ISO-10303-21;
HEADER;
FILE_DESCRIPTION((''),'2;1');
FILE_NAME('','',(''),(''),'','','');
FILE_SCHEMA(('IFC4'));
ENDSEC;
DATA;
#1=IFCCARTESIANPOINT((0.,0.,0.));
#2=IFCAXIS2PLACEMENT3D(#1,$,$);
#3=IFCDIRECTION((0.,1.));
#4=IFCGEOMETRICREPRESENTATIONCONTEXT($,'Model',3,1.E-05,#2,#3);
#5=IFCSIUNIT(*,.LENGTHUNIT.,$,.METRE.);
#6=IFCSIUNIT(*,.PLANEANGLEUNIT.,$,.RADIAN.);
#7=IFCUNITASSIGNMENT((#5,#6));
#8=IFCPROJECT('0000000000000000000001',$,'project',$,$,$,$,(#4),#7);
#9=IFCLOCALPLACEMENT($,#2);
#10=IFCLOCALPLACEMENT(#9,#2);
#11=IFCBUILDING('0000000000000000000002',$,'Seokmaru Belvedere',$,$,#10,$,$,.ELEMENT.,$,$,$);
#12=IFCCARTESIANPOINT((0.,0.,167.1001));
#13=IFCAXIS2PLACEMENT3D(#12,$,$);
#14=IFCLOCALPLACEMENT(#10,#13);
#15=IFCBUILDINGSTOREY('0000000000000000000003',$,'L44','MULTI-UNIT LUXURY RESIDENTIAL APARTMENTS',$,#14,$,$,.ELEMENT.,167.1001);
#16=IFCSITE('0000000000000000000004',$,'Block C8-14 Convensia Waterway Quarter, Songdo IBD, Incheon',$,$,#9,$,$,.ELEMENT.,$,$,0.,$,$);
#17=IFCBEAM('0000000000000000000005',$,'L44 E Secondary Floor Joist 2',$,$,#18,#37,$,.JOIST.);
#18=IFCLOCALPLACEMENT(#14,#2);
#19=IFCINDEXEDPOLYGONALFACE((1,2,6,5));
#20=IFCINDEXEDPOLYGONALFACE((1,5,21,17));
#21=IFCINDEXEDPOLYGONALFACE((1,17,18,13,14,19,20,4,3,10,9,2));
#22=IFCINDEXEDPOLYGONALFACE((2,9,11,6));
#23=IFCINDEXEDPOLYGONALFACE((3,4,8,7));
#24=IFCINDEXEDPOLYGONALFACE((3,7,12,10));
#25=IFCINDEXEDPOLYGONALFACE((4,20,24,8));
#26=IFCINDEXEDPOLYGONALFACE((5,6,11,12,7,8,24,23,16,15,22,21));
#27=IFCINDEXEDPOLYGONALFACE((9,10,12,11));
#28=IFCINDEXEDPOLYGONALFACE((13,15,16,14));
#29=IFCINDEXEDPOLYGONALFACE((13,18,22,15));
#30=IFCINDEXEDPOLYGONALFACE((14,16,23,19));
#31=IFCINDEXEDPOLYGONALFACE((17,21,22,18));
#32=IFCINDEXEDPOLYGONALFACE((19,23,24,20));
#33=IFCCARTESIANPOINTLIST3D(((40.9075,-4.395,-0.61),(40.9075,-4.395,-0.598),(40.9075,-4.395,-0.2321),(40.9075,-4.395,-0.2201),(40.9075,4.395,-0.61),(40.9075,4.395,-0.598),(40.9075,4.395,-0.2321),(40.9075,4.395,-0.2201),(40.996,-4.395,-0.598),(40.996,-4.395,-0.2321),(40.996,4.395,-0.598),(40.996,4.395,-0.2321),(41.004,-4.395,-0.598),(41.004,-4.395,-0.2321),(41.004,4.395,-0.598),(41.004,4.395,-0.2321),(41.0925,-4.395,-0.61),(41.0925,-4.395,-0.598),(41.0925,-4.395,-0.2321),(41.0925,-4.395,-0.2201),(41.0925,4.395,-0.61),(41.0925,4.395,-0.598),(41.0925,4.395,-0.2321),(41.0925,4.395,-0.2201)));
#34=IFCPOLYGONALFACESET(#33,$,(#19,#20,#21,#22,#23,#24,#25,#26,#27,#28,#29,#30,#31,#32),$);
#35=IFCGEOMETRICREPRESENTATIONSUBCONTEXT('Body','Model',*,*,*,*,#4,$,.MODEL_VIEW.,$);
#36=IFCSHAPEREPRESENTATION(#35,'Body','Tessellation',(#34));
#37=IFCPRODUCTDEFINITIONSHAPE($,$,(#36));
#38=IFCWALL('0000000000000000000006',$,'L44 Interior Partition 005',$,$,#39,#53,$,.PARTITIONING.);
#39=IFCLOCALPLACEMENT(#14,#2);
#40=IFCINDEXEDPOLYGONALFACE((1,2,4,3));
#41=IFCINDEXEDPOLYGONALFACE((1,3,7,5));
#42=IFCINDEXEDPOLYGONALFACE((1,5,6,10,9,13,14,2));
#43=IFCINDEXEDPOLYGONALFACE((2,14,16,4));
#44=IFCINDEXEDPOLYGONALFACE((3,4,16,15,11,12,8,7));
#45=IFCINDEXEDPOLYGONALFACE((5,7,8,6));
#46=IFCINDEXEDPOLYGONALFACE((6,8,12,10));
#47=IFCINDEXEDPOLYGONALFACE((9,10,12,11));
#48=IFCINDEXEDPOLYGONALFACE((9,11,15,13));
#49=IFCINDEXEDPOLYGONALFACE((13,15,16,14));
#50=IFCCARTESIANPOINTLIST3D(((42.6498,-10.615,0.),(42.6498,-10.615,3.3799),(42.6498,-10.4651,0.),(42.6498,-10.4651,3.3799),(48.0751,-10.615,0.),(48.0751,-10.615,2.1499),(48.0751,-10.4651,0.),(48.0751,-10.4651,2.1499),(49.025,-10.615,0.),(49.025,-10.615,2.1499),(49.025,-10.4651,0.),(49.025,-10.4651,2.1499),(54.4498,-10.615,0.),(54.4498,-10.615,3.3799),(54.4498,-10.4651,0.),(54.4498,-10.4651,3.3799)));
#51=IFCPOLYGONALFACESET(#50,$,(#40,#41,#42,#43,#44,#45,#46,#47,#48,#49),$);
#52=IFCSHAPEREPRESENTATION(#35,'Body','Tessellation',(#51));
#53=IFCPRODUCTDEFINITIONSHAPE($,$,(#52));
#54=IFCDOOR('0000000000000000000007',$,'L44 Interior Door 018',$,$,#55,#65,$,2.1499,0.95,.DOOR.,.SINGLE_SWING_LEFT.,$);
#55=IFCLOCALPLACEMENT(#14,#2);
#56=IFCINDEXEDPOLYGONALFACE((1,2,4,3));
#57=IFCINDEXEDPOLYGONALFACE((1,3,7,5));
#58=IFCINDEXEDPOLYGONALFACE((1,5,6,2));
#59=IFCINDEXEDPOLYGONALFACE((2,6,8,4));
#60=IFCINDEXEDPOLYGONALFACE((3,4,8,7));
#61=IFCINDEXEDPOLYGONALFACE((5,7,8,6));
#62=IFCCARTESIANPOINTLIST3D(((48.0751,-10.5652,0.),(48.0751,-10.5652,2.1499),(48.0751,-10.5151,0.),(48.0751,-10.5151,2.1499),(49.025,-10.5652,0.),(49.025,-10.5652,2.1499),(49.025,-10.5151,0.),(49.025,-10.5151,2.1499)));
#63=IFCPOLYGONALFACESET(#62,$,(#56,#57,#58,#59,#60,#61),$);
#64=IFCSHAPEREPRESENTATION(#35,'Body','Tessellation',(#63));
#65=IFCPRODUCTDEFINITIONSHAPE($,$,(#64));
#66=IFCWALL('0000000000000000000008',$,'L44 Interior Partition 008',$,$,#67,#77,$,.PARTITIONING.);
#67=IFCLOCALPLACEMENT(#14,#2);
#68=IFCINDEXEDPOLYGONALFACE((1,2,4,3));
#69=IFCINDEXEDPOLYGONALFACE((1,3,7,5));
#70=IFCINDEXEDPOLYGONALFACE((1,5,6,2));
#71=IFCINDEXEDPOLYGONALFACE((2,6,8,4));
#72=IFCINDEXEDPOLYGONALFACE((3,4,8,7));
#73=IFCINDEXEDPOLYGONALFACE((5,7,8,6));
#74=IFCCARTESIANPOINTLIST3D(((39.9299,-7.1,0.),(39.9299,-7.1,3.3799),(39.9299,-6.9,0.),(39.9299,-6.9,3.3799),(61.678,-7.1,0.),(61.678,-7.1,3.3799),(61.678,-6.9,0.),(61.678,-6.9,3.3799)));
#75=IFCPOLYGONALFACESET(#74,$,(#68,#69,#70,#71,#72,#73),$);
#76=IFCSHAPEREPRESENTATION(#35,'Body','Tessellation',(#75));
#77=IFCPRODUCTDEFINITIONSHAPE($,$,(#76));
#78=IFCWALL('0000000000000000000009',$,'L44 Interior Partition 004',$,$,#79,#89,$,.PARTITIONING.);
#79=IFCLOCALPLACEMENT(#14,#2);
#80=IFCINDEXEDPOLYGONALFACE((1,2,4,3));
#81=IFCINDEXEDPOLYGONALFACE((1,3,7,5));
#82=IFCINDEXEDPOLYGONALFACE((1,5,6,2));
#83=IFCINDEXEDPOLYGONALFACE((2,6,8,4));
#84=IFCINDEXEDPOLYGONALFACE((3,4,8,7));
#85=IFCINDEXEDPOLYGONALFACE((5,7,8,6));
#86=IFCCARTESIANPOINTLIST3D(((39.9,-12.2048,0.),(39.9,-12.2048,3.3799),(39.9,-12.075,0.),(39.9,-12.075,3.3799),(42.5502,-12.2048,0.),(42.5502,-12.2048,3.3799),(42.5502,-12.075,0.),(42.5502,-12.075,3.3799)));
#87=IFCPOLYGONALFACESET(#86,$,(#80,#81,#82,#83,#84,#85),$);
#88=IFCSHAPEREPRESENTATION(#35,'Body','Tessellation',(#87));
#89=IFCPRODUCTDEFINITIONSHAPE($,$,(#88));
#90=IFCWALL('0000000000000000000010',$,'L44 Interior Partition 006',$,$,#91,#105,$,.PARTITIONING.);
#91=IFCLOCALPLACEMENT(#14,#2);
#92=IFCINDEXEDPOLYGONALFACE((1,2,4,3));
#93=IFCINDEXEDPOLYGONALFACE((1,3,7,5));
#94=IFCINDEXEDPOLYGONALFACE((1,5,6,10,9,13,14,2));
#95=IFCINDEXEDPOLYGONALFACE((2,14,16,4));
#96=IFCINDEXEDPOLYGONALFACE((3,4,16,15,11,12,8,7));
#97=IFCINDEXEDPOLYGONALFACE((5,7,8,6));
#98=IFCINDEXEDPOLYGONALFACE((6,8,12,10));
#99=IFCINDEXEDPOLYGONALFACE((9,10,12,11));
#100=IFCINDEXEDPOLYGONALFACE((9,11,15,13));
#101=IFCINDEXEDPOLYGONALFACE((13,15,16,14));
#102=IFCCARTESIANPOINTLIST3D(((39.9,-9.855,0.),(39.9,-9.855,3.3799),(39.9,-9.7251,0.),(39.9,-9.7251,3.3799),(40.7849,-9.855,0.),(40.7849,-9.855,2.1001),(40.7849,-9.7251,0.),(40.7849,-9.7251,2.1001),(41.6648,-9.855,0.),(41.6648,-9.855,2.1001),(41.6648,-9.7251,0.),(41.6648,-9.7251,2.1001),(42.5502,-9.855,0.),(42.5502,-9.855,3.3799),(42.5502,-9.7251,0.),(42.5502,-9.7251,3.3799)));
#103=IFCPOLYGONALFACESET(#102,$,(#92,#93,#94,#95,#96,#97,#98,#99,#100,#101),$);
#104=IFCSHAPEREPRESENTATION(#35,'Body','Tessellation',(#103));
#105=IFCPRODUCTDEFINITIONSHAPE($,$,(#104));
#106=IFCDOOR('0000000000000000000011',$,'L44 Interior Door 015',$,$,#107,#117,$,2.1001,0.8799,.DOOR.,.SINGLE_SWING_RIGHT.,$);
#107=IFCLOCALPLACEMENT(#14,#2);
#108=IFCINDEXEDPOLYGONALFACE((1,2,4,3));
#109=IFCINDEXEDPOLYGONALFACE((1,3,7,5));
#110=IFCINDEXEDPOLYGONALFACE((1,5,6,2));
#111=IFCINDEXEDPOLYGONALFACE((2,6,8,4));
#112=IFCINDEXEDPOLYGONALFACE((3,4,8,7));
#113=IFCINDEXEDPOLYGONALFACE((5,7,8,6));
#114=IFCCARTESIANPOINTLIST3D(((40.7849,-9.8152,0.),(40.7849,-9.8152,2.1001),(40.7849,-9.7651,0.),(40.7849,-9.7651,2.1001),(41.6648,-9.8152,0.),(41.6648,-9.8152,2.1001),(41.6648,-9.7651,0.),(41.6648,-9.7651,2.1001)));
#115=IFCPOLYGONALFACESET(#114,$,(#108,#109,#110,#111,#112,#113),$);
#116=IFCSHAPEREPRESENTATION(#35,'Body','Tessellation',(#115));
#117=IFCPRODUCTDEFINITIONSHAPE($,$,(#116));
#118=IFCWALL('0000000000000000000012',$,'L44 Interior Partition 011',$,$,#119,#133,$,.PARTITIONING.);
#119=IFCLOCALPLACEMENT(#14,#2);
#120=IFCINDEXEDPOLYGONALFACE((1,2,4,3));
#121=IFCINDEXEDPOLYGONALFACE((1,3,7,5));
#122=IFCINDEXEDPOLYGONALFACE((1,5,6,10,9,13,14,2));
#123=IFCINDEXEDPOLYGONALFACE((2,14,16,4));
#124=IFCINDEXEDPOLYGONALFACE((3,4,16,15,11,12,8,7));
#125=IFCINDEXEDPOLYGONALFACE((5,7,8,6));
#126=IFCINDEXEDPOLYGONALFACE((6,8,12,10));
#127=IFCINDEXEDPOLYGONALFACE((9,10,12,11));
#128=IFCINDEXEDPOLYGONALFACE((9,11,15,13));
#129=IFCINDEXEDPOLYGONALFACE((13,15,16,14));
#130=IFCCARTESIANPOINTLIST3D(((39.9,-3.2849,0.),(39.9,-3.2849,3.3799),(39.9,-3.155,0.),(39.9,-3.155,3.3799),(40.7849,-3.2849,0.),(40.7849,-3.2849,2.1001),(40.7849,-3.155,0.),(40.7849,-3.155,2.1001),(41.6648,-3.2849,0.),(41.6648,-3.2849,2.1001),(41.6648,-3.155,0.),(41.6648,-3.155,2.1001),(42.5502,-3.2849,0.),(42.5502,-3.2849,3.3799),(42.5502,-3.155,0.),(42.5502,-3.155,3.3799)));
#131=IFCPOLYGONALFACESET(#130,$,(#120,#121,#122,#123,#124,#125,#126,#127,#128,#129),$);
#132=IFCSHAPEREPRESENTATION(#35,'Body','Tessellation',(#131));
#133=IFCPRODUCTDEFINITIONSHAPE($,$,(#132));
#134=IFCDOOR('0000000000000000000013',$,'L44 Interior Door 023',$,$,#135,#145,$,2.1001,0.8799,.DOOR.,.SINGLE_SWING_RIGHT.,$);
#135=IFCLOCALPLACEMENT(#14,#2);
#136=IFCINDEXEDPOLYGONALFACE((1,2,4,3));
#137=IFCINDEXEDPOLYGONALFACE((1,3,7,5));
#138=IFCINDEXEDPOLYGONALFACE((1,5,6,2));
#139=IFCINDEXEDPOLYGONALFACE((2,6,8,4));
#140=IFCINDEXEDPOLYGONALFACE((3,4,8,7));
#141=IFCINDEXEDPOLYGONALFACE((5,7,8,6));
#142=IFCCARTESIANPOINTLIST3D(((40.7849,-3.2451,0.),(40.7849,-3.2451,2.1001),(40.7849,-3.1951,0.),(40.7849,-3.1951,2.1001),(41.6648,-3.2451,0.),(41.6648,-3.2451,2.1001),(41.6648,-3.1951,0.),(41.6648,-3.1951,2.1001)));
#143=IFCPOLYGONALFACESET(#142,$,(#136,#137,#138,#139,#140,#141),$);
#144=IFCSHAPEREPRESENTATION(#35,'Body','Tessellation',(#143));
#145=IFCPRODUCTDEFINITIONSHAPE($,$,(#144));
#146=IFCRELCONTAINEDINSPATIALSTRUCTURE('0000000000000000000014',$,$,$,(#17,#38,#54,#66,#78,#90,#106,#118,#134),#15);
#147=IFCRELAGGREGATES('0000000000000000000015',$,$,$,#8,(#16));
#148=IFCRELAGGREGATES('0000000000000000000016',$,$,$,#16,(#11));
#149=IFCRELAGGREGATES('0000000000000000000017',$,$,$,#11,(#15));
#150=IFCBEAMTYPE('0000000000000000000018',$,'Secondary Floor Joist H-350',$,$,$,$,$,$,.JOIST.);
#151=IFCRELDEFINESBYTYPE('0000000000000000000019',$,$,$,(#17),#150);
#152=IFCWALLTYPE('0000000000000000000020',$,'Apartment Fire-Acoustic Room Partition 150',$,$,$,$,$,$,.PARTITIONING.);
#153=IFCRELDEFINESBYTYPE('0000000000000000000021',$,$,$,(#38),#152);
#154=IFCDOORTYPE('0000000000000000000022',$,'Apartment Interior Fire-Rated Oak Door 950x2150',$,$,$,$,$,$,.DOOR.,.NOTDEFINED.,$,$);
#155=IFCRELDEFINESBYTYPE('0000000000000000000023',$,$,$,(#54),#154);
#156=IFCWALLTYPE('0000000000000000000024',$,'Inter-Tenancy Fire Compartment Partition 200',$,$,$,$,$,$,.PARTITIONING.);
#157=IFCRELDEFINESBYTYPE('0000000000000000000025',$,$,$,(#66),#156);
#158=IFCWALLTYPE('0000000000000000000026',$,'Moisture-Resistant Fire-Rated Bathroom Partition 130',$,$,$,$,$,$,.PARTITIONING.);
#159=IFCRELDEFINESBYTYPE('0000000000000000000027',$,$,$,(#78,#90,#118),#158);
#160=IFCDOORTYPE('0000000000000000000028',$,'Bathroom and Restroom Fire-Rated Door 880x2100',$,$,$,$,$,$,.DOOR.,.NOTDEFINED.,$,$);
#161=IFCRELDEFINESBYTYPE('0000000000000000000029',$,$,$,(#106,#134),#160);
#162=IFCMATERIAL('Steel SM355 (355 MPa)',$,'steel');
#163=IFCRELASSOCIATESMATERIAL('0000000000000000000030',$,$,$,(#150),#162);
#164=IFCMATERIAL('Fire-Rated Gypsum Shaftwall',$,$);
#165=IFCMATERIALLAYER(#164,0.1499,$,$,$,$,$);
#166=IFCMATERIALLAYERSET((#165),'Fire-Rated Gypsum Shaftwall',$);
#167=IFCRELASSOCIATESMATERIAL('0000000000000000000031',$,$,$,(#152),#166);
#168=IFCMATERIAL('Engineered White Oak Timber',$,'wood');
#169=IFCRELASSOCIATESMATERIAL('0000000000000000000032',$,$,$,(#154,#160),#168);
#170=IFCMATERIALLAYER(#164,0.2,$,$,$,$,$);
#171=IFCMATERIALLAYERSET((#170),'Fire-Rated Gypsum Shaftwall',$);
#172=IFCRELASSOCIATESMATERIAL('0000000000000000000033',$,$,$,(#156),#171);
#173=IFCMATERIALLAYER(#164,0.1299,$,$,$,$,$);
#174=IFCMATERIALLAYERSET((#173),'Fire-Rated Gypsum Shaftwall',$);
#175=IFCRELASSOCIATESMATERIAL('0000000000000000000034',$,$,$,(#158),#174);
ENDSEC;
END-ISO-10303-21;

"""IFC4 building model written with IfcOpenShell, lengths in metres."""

from ifc_helpers import new_model, si_unit, direction, frame, frame_2d, origin, origin_2d, place, context, subcontext, project, spatial, rectangle, i_section, extrude, source, transform, mapped, material, layer, layer_set, material_profile, profile_set, type_object, type_shapes, element, fill, save


model = new_model("IFC4")

# Units and contexts
model_context = context("Model", 3, precision=1e-05, world=origin(), true_north=direction((0.0, 1.0)))
body_context = subcontext(model_context, "Body", "Model", "MODEL_VIEW")
ifc_project = project(units=[si_unit("LENGTHUNIT", "METRE"), si_unit("PLANEANGLEUNIT", "RADIAN")], contexts=[model_context])

# Site, building, storey
site_placement = place(None, origin())
site = spatial("IfcSite", under=ifc_project, at=site_placement, Name="Block C8-14 Convensia Waterway Quarter, Songdo IBD, Incheon", CompositionType="ELEMENT", RefElevation=0.0)
building_placement = place(site_placement, origin())
building = spatial("IfcBuilding", under=site, at=building_placement, Name="Seokmaru Belvedere", CompositionType="ELEMENT")
storey_placement = place(building_placement, frame((0.0, 0.0, 167.1001)))
storey = spatial("IfcBuildingStorey", under=building, at=storey_placement, Name="L44", Description="MULTI-UNIT LUXURY RESIDENTIAL APARTMENTS", CompositionType="ELEMENT", Elevation=167.1001)

# Beam
ifc_material_1 = material(Name="Steel SM355 (355 MPa)", Category="steel")
ifc_material_profile = material_profile(ifc_material_1, i_section(OverallWidth=0.1851, OverallDepth=0.3899, WebThickness=0.0081, FlangeThickness=0.012, at=origin_2d()), Name="H-390x185x8x12")
ifc_profile_set = profile_set([ifc_material_profile], Name="Steel SM355 (355 MPa)")
beam_type = type_object("IfcBeamType", Name="Secondary Floor Joist H-350", PredefinedType="JOIST", material=ifc_profile_set)
shared_shape_1 = source(origin(), body_context, "Body", "SweptSolid", [
    extrude(i_section(OverallWidth=0.1851, OverallDepth=0.3899, WebThickness=0.0081, FlangeThickness=0.012, at=origin_2d()), origin(), (0.0, 0.0, 1.0), 8.79),
])
type_shapes(beam_type, [shared_shape_1])
beam_placement = place(storey_placement, frame((41.0, -4.395, -0.415), z_axis=(0.0, 1.0, 0.0), x_axis=(-1.0, 0.0, 0.0)))
element("IfcBeam", 1, at=beam_placement, inside=storey, type_object=beam_type, Name="L44 E Secondary Floor Joist 2", PredefinedType="JOIST", context=body_context, shape_type="MappedRepresentation", body=[
    mapped(shared_shape_1, transform((0.0, 0.0, 0.0), scale=1.0)),
])

# Wall, opening, door
ifc_material_2 = material(Name="Fire-Rated Gypsum Shaftwall")
ifc_layer_1 = layer(ifc_material_2, 0.1499)
ifc_layer_set_1 = layer_set([ifc_layer_1], Name="Fire-Rated Gypsum Shaftwall")
wall_type_1 = type_object("IfcWallType", Name="Apartment Fire-Acoustic Room Partition 150", PredefinedType="PARTITIONING", material=ifc_layer_set_1)
wall_1_placement = place(storey_placement, frame((42.6499, -10.54, 0.0), z_axis=(0.0, 0.0, 1.0), x_axis=(1.0, 0.0, 0.0)))
wall_1 = element("IfcWall", 2, at=wall_1_placement, inside=storey, type_object=wall_type_1, Name="L44 Interior Partition 005", PredefinedType="PARTITIONING", context=body_context, shape_type="SweptSolid", body=[
    extrude(rectangle(XDim=11.8, YDim=0.1499, at=frame_2d((5.8999, 0.0))), origin(), (0.0, 0.0, 1.0), 3.3799),
])
opening_1_placement = place(wall_1_placement, frame((5.425, 0.0, 0.0)))
opening_1 = element("IfcOpeningElement", 3, at=opening_1_placement, cuts=wall_1, PredefinedType="OPENING", context=body_context, shape_type="SweptSolid", body=[
    extrude(rectangle(XDim=0.95, YDim=2.1499, at=frame_2d((0.4751, 1.075))), frame((0.0, 0.085, 0.0), z_axis=(0.0, -1.0, 0.0), x_axis=(1.0, 0.0, 0.0)), (0.0, 0.0, 1.0), 0.1699),
])
ifc_material_3 = material(Name="Engineered White Oak Timber", Category="wood")
door_type_1 = type_object("IfcDoorType", Name="Apartment Interior Fire-Rated Oak Door 950x2150", OperationType="NOTDEFINED", PredefinedType="DOOR", material=ifc_material_3)
shared_shape_2 = source(origin(), body_context, "Body", "SweptSolid", [
    extrude(rectangle(XDim=0.95, YDim=2.1499, at=frame_2d((0.4751, 1.075))), frame((0.0, 0.0249, 0.0), z_axis=(0.0, -1.0, 0.0), x_axis=(1.0, 0.0, 0.0)), (0.0, 0.0, 1.0), 0.05),
])
type_shapes(door_type_1, [shared_shape_2])
door_1_placement = place(opening_1_placement, origin())
door_1 = element("IfcDoor", 4, at=door_1_placement, inside=storey, type_object=door_type_1, Name="L44 Interior Door 018", OperationType="SINGLE_SWING_LEFT", OverallHeight=2.1499, OverallWidth=0.95, PredefinedType="DOOR", context=body_context, shape_type="MappedRepresentation", body=[
    mapped(shared_shape_2, transform((0.0, 0.0, 0.0), scale=1.0)),
])
fill(opening_1, door_1)

# Wall
ifc_layer_2 = layer(ifc_material_2, 0.2)
ifc_layer_set_2 = layer_set([ifc_layer_2], Name="Fire-Rated Gypsum Shaftwall")
wall_type_2 = type_object("IfcWallType", Name="Inter-Tenancy Fire Compartment Partition 200", PredefinedType="PARTITIONING", material=ifc_layer_set_2)
wall_2_placement = place(storey_placement, frame((39.9299, -7.0, 0.0), z_axis=(0.0, 0.0, 1.0), x_axis=(1.0, 0.0, 0.0)))
element("IfcWall", 5, at=wall_2_placement, inside=storey, type_object=wall_type_2, Name="L44 Interior Partition 008", PredefinedType="PARTITIONING", context=body_context, shape_type="SweptSolid", body=[
    extrude(rectangle(XDim=21.748, YDim=0.2, at=frame_2d((10.874, 0.0))), origin(), (0.0, 0.0, 1.0), 3.3799),
])

# Wall
ifc_layer_3 = layer(ifc_material_2, 0.1299)
ifc_layer_set_3 = layer_set([ifc_layer_3], Name="Fire-Rated Gypsum Shaftwall")
wall_type_3 = type_object("IfcWallType", Name="Moisture-Resistant Fire-Rated Bathroom Partition 130", PredefinedType="PARTITIONING", material=ifc_layer_set_3)
wall_3_placement = place(storey_placement, frame((39.8999, -12.1399, 0.0), z_axis=(0.0, 0.0, 1.0), x_axis=(1.0, 0.0, 0.0)))
element("IfcWall", 6, at=wall_3_placement, inside=storey, type_object=wall_type_3, Name="L44 Interior Partition 004", PredefinedType="PARTITIONING", context=body_context, shape_type="SweptSolid", body=[
    extrude(rectangle(XDim=2.6501, YDim=0.1299, at=frame_2d((1.3252, 0.0))), origin(), (0.0, 0.0, 1.0), 3.3799),
])

# Walls, openings, doors
wall_4_placement = place(storey_placement, frame((39.8999, -9.79, 0.0), z_axis=(0.0, 0.0, 1.0), x_axis=(1.0, 0.0, 0.0)))
wall_4 = element("IfcWall", 7, at=wall_4_placement, inside=storey, type_object=wall_type_3, Name="L44 Interior Partition 006", PredefinedType="PARTITIONING", context=body_context, shape_type="SweptSolid", body=[
    extrude(rectangle(XDim=2.6501, YDim=0.1299, at=frame_2d((1.3252, 0.0))), origin(), (0.0, 0.0, 1.0), 3.3799),
])
opening_2_placement = place(wall_4_placement, frame((0.885, 0.0, 0.0)))
opening_2 = element("IfcOpeningElement", 8, at=opening_2_placement, cuts=wall_4, PredefinedType="OPENING", context=body_context, shape_type="SweptSolid", body=[
    extrude(rectangle(XDim=0.8799, YDim=2.1001, at=frame_2d((0.4399, 1.05))), frame((0.0, 0.075, 0.0), z_axis=(0.0, -1.0, 0.0), x_axis=(1.0, 0.0, 0.0)), (0.0, 0.0, 1.0), 0.1499),
])
door_type_2 = type_object("IfcDoorType", Name="Bathroom and Restroom Fire-Rated Door 880x2100", OperationType="NOTDEFINED", PredefinedType="DOOR", material=ifc_material_3)
shared_shape_3 = source(origin(), body_context, "Body", "SweptSolid", [
    extrude(rectangle(XDim=0.8799, YDim=2.1001, at=frame_2d((0.4399, 1.05))), frame((0.0, 0.0249, 0.0), z_axis=(0.0, -1.0, 0.0), x_axis=(1.0, 0.0, 0.0)), (0.0, 0.0, 1.0), 0.05),
])
type_shapes(door_type_2, [shared_shape_3])
door_2_placement = place(opening_2_placement, origin())
door_2 = element("IfcDoor", 9, at=door_2_placement, inside=storey, type_object=door_type_2, Name="L44 Interior Door 015", OperationType="SINGLE_SWING_RIGHT", OverallHeight=2.1001, OverallWidth=0.8799, PredefinedType="DOOR", context=body_context, shape_type="MappedRepresentation", body=[
    mapped(shared_shape_3, transform((0.0, 0.0, 0.0), scale=1.0)),
])
fill(opening_2, door_2)
wall_5_placement = place(storey_placement, frame((39.8999, -3.22, 0.0), z_axis=(0.0, 0.0, 1.0), x_axis=(1.0, 0.0, 0.0)))
wall_5 = element("IfcWall", 10, at=wall_5_placement, inside=storey, type_object=wall_type_3, Name="L44 Interior Partition 011", PredefinedType="PARTITIONING", context=body_context, shape_type="SweptSolid", body=[
    extrude(rectangle(XDim=2.6501, YDim=0.1299, at=frame_2d((1.3252, 0.0))), origin(), (0.0, 0.0, 1.0), 3.3799),
])
opening_3_placement = place(wall_5_placement, frame((0.885, 0.0, 0.0)))
opening_3 = element("IfcOpeningElement", 11, at=opening_3_placement, cuts=wall_5, PredefinedType="OPENING", context=body_context, shape_type="SweptSolid", body=[
    extrude(rectangle(XDim=0.8799, YDim=2.1001, at=frame_2d((0.4399, 1.05))), frame((0.0, 0.075, 0.0), z_axis=(0.0, -1.0, 0.0), x_axis=(1.0, 0.0, 0.0)), (0.0, 0.0, 1.0), 0.1499),
])
door_3_placement = place(opening_3_placement, origin())
door_3 = element("IfcDoor", 12, at=door_3_placement, inside=storey, type_object=door_type_2, Name="L44 Interior Door 023", OperationType="SINGLE_SWING_RIGHT", OverallHeight=2.1001, OverallWidth=0.8799, PredefinedType="DOOR", context=body_context, shape_type="MappedRepresentation", body=[
    mapped(shared_shape_3, transform((0.0, 0.0, 0.0), scale=1.0)),
])
fill(opening_3, door_3)

save(model, "model.ifc")
